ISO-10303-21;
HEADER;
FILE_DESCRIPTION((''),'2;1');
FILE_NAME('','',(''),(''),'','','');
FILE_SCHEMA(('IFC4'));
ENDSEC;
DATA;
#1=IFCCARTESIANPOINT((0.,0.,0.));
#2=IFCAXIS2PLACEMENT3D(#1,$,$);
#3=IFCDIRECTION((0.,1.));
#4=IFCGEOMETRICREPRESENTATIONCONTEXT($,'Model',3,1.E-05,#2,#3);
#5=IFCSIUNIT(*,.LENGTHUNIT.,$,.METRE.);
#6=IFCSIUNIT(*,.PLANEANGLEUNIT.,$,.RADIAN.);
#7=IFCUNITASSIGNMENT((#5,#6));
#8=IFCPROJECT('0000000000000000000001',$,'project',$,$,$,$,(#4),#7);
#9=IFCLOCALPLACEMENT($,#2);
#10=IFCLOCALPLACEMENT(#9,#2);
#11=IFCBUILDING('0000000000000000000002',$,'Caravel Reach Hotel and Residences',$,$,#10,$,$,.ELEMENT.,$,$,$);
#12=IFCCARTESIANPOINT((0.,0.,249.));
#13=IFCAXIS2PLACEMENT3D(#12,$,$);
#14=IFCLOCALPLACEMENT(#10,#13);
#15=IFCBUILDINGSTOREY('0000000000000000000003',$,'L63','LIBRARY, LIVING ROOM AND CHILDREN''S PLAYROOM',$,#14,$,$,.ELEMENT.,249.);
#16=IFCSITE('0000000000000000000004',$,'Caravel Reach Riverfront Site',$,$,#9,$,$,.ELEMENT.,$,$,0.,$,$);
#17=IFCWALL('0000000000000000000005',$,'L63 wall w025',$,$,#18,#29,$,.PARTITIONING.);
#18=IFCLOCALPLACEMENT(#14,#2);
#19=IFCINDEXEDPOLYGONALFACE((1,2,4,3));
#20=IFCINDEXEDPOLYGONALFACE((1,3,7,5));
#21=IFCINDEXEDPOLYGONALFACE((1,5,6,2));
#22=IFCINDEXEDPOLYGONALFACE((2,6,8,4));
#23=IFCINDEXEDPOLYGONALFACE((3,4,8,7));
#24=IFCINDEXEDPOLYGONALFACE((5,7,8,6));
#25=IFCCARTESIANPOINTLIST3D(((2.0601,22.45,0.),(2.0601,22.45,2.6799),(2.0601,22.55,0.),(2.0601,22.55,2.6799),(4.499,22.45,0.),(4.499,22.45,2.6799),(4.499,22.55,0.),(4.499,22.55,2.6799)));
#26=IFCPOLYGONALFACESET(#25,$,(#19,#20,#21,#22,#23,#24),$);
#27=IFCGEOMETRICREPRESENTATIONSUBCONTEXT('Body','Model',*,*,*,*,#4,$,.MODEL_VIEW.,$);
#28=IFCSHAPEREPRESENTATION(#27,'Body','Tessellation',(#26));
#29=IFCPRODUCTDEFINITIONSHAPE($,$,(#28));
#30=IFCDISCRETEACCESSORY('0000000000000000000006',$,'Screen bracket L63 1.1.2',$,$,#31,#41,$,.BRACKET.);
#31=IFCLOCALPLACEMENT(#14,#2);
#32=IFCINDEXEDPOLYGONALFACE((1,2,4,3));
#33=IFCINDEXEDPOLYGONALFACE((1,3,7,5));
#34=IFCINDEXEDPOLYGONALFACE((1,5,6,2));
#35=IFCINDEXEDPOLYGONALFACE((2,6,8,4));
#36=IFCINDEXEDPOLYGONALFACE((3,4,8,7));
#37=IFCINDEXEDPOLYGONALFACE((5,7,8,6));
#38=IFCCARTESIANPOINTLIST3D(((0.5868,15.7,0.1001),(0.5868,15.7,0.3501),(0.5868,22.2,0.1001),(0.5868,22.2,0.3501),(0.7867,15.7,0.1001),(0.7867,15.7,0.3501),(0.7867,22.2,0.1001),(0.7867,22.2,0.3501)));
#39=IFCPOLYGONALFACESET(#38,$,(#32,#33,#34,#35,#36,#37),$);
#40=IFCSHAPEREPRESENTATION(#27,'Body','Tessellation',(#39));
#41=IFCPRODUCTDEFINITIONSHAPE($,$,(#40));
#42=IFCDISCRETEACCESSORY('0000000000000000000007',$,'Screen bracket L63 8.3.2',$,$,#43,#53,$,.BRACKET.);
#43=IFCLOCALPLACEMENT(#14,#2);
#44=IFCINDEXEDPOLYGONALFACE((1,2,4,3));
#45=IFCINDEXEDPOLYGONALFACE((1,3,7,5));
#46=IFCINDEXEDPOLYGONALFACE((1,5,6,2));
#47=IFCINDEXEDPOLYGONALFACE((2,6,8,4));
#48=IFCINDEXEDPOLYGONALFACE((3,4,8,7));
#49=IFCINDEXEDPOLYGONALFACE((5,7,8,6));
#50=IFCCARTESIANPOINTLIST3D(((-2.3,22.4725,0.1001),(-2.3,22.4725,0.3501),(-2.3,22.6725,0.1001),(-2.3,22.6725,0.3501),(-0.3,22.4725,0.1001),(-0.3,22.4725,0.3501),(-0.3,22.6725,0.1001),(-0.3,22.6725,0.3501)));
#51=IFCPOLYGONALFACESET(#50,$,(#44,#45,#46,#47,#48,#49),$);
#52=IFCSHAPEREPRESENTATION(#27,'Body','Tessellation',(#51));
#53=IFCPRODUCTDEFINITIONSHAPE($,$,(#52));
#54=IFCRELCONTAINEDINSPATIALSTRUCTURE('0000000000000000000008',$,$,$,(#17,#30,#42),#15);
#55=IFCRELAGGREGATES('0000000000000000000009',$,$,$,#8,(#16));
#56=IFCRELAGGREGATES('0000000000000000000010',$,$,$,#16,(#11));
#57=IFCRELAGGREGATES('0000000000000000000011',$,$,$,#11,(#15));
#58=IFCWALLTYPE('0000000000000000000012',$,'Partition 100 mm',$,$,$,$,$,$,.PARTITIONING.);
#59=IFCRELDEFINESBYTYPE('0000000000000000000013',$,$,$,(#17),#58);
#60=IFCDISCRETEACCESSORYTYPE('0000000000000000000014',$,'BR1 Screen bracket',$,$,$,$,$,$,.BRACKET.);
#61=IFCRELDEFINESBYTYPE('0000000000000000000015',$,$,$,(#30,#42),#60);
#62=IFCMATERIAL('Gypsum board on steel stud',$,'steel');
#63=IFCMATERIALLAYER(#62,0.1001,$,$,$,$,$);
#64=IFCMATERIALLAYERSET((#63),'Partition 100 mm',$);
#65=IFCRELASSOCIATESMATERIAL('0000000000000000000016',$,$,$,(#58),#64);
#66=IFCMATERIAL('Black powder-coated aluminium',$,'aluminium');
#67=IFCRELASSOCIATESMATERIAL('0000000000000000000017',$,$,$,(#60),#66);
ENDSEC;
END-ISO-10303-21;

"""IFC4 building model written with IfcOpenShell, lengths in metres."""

from ifc_helpers import new_model, si_unit, direction, frame, frame_2d, origin, origin_2d, place, context, subcontext, project, spatial, rectangle, extrude, material, layer, layer_set, type_object, element, save


model = new_model("IFC4")

# Units and contexts
model_context = context("Model", 3, precision=1e-05, world=origin(), true_north=direction((0.0, 1.0)))
body_context = subcontext(model_context, "Body", "Model", "MODEL_VIEW")
ifc_project = project(units=[si_unit("LENGTHUNIT", "METRE"), si_unit("PLANEANGLEUNIT", "RADIAN")], contexts=[model_context])

# Site, building, storey
site_placement = place(None, origin())
site = spatial("IfcSite", under=ifc_project, at=site_placement, Name="Caravel Reach Riverfront Site", CompositionType="ELEMENT", RefElevation=0.0)
building_placement = place(site_placement, origin())
building = spatial("IfcBuilding", under=site, at=building_placement, Name="Caravel Reach Hotel and Residences", CompositionType="ELEMENT")
storey_placement = place(building_placement, frame((0.0, 0.0, 249.0)))
storey = spatial("IfcBuildingStorey", under=building, at=storey_placement, Name="L63", Description="LIBRARY, LIVING ROOM AND CHILDREN'S PLAYROOM", CompositionType="ELEMENT", Elevation=249.0)

# Wall
ifc_material_1 = material(Name="Gypsum board on steel stud", Category="steel")
ifc_layer_1 = layer(ifc_material_1, 0.1001)
ifc_layer_set_1 = layer_set([ifc_layer_1], Name="Partition 100 mm")
wall_type_1 = type_object("IfcWallType", Name="Partition 100 mm", PredefinedType="PARTITIONING", material=ifc_layer_set_1)
wall_1_placement = place(storey_placement, frame((2.0601, 22.5, 0.0), z_axis=(0.0, 0.0, 1.0), x_axis=(1.0, 0.0, 0.0)))
element("IfcWall", 1, at=wall_1_placement, inside=storey, type_object=wall_type_1, Name="L63 wall w025", PredefinedType="PARTITIONING", context=body_context, shape_type="SweptSolid", body=[
    extrude(rectangle(XDim=2.439, YDim=0.1001, at=frame_2d((1.2195, 0.0))), origin(), (0.0, 0.0, 1.0), 2.6799),
])

# Discrete accessories
ifc_material_2 = material(Name="Black powder-coated aluminium", Category="aluminium")
discrete_accessory_type = type_object("IfcDiscreteAccessoryType", Name="BR1 Screen bracket", PredefinedType="BRACKET", material=ifc_material_2)
discrete_accessory_1_placement = place(storey_placement, frame((0.6868, 18.95, 0.1001), z_axis=(0.0, 0.0, 1.0), x_axis=(0.0, -1.0, 0.0)))
element("IfcDiscreteAccessory", 2, at=discrete_accessory_1_placement, inside=storey, type_object=discrete_accessory_type, Name="Screen bracket L63 1.1.2", PredefinedType="BRACKET", context=body_context, shape_type="SweptSolid", body=[
    extrude(rectangle(XDim=6.5, YDim=0.2, at=origin_2d()), origin(), (0.0, 0.0, 1.0), 0.25),
])
discrete_accessory_2_placement = place(storey_placement, frame((-1.3, 22.5725, 0.1001), z_axis=(0.0, 0.0, 1.0), x_axis=(-1.0, 0.0, 0.0)))
element("IfcDiscreteAccessory", 3, at=discrete_accessory_2_placement, inside=storey, type_object=discrete_accessory_type, Name="Screen bracket L63 8.3.2", PredefinedType="BRACKET", context=body_context, shape_type="SweptSolid", body=[
    extrude(rectangle(XDim=2.0, YDim=0.2, at=origin_2d()), origin(), (0.0, 0.0, 1.0), 0.25),
])

save(model, "model.ifc")
